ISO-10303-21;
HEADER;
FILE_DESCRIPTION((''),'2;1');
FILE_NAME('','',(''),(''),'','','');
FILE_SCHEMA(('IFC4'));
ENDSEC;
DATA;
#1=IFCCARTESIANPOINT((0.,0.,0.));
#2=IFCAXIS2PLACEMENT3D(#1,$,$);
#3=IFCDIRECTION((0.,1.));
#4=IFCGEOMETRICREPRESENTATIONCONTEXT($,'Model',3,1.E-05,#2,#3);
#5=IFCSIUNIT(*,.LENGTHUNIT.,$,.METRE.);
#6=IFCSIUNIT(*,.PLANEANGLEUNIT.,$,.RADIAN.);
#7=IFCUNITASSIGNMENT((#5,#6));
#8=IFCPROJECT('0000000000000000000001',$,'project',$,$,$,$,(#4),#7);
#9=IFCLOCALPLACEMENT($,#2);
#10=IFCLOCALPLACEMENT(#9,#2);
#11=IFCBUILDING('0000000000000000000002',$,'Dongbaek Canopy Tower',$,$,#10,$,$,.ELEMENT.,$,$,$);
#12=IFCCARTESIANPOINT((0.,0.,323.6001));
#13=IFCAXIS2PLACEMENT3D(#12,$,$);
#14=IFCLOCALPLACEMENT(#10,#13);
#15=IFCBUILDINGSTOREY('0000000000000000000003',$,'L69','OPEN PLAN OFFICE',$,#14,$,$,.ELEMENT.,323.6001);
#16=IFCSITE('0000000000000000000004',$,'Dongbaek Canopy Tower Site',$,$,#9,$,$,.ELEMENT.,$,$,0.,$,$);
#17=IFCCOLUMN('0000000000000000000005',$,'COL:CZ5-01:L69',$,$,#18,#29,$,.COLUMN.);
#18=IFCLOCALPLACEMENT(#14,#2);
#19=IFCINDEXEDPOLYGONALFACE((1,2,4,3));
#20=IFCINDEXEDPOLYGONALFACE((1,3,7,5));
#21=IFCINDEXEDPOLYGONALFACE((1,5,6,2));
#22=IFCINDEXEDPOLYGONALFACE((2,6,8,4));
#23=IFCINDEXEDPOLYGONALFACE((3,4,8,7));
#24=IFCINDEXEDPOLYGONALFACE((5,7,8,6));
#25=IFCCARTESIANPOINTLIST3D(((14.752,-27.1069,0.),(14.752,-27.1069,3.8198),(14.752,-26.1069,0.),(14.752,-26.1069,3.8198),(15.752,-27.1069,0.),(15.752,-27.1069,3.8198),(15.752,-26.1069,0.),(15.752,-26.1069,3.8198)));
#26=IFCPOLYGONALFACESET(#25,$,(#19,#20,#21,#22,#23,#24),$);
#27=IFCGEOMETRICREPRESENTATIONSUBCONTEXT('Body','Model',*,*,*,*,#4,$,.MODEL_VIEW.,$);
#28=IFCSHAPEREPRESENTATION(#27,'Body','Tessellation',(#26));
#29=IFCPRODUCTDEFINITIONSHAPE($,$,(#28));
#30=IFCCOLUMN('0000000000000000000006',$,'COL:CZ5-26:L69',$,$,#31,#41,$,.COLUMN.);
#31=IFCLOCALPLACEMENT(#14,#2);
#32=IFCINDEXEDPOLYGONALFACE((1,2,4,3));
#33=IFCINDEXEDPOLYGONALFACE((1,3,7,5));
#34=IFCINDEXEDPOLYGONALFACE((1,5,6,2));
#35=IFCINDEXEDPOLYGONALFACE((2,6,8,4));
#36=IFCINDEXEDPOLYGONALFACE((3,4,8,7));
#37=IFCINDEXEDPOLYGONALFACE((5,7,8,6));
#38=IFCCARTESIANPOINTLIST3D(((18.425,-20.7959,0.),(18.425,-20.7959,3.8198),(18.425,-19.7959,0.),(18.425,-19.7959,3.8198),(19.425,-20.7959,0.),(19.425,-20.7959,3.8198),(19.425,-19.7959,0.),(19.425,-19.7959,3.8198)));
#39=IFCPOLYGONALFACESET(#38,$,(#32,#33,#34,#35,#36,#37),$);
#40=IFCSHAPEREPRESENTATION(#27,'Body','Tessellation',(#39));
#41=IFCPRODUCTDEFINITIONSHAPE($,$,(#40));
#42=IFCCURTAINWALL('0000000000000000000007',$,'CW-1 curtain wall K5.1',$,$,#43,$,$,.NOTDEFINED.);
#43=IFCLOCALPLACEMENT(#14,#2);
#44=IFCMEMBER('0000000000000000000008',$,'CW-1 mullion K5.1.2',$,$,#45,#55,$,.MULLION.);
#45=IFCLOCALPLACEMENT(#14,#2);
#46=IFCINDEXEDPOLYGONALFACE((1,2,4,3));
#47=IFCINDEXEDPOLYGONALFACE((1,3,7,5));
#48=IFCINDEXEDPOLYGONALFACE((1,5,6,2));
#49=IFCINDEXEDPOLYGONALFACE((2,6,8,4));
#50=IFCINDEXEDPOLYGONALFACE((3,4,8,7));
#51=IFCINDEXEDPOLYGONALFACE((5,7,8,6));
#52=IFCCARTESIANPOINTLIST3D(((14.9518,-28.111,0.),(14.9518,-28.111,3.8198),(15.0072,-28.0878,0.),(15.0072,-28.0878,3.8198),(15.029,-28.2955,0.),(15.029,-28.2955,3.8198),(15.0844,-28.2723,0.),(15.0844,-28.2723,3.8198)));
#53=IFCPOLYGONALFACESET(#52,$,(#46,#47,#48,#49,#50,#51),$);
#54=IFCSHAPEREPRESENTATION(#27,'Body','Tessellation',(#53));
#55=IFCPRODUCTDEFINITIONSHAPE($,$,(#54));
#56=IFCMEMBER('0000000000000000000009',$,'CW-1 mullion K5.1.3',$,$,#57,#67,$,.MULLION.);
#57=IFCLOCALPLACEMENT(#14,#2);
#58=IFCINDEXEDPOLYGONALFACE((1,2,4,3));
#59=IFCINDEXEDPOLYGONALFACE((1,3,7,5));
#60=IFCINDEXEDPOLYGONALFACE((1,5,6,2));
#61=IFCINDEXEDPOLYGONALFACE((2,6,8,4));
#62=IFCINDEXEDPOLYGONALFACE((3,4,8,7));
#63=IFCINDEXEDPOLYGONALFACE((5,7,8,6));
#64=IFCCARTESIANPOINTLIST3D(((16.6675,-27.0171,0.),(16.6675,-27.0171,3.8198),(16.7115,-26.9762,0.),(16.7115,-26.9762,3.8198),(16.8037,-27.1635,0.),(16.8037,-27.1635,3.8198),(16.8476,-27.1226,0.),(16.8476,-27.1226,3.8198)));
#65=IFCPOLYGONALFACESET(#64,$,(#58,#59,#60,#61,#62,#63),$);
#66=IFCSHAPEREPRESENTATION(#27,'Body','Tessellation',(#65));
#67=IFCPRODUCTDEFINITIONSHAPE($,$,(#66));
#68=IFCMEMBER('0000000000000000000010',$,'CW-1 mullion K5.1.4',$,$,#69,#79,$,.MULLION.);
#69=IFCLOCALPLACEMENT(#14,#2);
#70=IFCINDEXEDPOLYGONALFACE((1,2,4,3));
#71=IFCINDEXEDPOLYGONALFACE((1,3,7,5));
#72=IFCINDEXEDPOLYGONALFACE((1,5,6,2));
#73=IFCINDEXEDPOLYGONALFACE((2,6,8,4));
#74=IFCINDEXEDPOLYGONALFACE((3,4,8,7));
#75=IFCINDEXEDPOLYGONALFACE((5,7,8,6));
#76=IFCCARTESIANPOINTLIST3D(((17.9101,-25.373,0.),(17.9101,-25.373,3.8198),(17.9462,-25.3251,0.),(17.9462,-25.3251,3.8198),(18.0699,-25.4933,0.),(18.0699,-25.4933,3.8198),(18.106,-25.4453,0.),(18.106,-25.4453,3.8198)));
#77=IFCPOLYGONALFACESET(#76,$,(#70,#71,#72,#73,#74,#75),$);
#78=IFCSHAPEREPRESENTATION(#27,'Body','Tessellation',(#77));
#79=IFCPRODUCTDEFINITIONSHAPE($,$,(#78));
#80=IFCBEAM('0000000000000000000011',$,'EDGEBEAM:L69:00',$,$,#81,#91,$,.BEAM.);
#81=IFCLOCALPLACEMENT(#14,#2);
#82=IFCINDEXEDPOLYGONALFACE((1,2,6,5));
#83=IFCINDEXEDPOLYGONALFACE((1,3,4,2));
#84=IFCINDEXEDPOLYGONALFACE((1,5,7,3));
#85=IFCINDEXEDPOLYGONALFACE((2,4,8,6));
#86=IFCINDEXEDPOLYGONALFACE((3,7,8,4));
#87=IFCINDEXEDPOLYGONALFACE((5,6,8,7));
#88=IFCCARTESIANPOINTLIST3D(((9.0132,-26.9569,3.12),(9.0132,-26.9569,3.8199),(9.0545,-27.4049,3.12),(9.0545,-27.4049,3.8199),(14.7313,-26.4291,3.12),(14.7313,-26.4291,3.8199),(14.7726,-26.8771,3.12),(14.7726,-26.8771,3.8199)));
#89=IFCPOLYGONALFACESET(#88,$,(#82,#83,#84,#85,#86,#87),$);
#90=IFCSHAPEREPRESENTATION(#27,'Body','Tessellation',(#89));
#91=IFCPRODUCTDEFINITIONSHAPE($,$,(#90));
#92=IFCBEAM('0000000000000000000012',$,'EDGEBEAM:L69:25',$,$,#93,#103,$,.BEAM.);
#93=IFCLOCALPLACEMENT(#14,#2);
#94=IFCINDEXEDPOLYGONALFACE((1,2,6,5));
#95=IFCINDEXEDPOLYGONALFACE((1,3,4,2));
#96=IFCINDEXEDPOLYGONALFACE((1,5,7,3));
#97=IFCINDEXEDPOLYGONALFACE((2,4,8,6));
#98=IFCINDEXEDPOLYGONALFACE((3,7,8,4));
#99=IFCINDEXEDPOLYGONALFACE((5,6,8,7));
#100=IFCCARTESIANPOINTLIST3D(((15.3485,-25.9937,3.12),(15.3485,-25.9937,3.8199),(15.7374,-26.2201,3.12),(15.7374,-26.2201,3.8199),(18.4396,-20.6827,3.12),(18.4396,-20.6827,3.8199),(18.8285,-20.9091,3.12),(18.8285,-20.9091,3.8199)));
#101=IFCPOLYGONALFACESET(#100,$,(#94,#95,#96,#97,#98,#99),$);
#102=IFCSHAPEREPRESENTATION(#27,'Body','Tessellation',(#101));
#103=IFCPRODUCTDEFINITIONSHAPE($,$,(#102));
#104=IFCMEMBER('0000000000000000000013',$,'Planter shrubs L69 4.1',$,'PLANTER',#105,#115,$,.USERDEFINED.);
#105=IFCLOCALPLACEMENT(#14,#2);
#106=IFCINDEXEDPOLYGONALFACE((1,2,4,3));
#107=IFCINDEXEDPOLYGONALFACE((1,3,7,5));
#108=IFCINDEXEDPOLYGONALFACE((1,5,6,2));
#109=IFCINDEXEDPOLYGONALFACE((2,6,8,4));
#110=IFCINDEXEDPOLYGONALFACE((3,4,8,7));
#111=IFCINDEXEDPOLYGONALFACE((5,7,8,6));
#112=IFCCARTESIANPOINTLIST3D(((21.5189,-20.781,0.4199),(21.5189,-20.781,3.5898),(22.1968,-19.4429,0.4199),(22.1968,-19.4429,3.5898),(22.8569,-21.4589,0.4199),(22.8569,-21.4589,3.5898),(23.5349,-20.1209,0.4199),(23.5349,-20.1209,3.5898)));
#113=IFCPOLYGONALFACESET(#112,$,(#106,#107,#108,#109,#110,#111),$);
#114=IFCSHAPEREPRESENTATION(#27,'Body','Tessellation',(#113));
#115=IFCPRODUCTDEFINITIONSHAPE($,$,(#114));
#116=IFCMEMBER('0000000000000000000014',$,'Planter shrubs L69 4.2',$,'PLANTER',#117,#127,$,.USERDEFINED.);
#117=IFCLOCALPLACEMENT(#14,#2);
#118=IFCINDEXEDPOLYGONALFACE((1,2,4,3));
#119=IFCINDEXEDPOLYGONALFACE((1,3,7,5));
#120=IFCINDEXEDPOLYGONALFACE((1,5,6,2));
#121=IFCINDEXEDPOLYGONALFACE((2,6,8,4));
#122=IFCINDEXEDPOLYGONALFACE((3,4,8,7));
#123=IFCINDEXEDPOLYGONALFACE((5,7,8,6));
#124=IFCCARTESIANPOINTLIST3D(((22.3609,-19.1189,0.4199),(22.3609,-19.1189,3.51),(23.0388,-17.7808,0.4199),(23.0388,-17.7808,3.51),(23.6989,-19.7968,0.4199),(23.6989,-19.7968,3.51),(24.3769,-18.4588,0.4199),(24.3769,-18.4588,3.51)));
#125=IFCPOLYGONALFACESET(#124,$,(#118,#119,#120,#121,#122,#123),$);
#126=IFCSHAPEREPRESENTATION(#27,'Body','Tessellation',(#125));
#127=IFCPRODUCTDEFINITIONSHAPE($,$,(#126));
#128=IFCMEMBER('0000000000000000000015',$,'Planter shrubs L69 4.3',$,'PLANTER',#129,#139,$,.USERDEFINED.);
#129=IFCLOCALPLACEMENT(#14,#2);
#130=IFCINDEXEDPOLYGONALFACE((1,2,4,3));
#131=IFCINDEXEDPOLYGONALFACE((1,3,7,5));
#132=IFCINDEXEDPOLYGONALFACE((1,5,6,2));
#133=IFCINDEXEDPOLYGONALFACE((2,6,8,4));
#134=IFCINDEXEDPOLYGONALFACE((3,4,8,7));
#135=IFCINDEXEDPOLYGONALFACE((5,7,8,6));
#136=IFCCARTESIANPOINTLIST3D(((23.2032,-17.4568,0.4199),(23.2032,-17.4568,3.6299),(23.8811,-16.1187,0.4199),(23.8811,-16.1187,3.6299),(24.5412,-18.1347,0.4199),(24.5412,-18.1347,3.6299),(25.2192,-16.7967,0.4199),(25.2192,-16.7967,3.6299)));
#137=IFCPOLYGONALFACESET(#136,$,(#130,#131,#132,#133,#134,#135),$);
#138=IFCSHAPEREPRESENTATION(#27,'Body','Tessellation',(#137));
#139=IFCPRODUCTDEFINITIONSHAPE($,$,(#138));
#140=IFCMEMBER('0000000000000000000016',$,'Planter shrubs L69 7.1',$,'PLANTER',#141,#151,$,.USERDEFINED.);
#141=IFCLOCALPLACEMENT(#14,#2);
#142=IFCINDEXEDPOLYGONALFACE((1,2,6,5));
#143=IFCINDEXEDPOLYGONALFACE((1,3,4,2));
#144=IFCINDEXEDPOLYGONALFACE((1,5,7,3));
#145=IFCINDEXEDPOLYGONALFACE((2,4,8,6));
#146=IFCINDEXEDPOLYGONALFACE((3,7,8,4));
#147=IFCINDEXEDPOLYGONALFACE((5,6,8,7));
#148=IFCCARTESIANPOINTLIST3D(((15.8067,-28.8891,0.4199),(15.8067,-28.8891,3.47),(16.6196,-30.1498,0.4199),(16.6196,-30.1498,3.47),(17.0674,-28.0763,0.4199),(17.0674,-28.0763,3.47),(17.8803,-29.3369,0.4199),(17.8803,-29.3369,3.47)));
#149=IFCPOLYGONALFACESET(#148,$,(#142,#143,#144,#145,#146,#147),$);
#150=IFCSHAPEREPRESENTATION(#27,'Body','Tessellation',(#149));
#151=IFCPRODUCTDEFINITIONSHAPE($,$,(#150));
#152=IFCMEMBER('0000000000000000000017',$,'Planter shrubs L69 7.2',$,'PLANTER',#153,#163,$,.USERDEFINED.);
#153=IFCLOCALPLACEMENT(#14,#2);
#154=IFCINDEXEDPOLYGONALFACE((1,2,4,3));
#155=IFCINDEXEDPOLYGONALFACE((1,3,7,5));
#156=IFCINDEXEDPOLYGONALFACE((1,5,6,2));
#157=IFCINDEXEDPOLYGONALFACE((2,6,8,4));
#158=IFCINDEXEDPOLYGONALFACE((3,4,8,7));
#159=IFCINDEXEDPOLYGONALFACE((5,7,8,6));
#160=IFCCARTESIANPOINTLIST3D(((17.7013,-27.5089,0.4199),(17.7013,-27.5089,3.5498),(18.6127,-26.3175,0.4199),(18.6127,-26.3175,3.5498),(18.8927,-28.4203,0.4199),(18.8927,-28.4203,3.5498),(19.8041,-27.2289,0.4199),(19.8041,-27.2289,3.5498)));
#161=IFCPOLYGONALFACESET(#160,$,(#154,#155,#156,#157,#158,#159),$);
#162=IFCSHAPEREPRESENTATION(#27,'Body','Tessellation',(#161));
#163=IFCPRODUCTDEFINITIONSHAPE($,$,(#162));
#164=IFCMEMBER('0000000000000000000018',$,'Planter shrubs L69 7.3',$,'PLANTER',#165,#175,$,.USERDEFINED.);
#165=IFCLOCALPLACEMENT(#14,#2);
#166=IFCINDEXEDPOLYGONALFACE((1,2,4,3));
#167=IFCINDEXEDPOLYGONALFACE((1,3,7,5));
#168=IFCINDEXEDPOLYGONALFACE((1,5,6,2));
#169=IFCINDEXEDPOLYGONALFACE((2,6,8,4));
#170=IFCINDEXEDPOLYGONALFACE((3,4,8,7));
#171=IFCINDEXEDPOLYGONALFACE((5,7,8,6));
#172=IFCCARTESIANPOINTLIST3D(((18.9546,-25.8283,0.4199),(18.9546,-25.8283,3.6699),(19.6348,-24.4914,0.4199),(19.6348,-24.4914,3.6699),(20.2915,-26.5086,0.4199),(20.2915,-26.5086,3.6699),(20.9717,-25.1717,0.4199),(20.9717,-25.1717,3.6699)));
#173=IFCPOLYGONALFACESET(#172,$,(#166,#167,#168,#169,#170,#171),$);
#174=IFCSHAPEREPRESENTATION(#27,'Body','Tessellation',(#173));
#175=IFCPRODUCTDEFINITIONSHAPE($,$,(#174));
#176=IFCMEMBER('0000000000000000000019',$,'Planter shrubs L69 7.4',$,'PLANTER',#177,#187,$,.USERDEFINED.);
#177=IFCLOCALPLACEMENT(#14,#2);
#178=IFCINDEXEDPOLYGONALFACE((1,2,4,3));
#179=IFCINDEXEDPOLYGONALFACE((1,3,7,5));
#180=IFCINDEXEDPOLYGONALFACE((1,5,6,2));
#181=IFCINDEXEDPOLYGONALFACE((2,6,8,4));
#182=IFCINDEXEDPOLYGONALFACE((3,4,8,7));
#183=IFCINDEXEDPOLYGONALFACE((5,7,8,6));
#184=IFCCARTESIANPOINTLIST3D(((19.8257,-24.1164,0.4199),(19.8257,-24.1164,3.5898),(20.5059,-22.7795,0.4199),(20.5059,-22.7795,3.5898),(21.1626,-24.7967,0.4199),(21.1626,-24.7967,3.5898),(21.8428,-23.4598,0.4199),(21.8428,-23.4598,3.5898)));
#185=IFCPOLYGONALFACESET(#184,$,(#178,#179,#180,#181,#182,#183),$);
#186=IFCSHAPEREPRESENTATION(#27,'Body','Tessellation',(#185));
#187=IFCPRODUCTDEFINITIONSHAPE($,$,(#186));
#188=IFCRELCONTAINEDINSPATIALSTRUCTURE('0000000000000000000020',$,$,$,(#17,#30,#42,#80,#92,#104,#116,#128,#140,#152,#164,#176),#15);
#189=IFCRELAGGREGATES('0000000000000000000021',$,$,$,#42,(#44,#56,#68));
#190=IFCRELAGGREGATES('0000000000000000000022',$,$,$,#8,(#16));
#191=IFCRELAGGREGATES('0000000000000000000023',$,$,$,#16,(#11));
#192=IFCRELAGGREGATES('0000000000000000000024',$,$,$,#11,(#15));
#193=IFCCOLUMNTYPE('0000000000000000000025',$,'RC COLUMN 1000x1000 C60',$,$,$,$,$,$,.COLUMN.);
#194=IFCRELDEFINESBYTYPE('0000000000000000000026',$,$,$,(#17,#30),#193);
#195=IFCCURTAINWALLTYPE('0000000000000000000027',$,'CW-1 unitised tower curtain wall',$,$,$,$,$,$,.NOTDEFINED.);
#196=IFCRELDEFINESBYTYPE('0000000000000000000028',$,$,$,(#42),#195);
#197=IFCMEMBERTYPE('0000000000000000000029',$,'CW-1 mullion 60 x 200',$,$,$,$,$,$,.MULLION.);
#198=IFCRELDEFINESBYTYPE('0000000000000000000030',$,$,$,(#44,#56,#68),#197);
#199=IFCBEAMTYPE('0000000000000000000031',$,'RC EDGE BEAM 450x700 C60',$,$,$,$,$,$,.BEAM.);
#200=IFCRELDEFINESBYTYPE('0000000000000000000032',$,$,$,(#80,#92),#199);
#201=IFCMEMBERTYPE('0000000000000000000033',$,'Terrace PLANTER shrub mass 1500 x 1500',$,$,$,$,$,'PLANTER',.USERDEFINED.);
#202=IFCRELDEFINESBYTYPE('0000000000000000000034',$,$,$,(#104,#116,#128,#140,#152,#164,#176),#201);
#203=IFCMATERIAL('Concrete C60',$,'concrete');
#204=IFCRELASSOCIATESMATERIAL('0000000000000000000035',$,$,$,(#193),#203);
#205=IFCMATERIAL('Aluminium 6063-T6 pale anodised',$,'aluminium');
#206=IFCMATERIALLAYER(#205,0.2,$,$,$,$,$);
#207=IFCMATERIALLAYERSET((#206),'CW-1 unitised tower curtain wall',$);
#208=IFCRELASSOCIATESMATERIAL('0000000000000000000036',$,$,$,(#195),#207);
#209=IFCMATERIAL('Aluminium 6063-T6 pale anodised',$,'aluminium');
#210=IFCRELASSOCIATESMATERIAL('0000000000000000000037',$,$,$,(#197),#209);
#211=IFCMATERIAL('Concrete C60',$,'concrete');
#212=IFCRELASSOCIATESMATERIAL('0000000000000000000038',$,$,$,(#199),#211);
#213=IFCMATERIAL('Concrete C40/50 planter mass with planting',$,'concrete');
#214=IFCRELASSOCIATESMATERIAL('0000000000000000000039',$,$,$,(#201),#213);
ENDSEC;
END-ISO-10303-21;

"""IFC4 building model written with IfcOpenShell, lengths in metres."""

from ifc_helpers import new_model, si_unit, direction, frame, origin, origin_2d, place, context, subcontext, project, spatial, rectangle, extrude, material, layer, layer_set, material_profile, profile_set, type_object, element, aggregate, save


model = new_model("IFC4")

# Units and contexts
model_context = context("Model", 3, precision=1e-05, world=origin(), true_north=direction((0.0, 1.0)))
body_context = subcontext(model_context, "Body", "Model", "MODEL_VIEW")
ifc_project = project(units=[si_unit("LENGTHUNIT", "METRE"), si_unit("PLANEANGLEUNIT", "RADIAN")], contexts=[model_context])

# Site, building, storey
site_placement = place(None, origin())
site = spatial("IfcSite", under=ifc_project, at=site_placement, Name="Dongbaek Canopy Tower Site", CompositionType="ELEMENT", RefElevation=0.0)
building_placement = place(site_placement, origin())
building = spatial("IfcBuilding", under=site, at=building_placement, Name="Dongbaek Canopy Tower", CompositionType="ELEMENT")
storey_placement = place(building_placement, frame((0.0, 0.0, 323.6001)))
storey = spatial("IfcBuildingStorey", under=building, at=storey_placement, Name="L69", Description="OPEN PLAN OFFICE", CompositionType="ELEMENT", Elevation=323.6001)

# Columns
ifc_material_1 = material(Name="Concrete C60", Category="concrete")
ifc_material_profile_1 = material_profile(ifc_material_1, rectangle(XDim=1.0, YDim=1.0, at=origin_2d()), Name="RC COLUMN 1000x1000 C60")
ifc_profile_set_1 = profile_set([ifc_material_profile_1], Name="Concrete C60")
column_type = type_object("IfcColumnType", Name="RC COLUMN 1000x1000 C60", PredefinedType="COLUMN", material=ifc_profile_set_1)
for number, where, z_axis, x_axis, name in (
    (1, (15.252, -26.6069, 0.0), (0.0, 0.0, 1.0), (1.0, 0.0, 0.0), "COL:CZ5-01:L69"),
    (2, (18.925, -20.2959, 0.0), (0.0, 0.0, 1.0), (1.0, 0.0, 0.0), "COL:CZ5-26:L69"),
):
    element("IfcColumn", number, at=place(storey_placement, frame(where, z_axis=z_axis, x_axis=x_axis)), inside=storey, type_object=column_type, Name=name, PredefinedType="COLUMN", context=body_context, shape_type="SweptSolid", body=[
        extrude(rectangle(XDim=1.0, YDim=1.0, at=origin_2d()), origin(), (0.0, 0.0, 1.0), 3.8198),
    ])

# Curtain wall, members
ifc_material_2 = material(Name="Aluminium 6063-T6 pale anodised", Category="aluminium")
ifc_layer_1 = layer(ifc_material_2, 0.2)
ifc_layer_set_1 = layer_set([ifc_layer_1], Name="CW-1 unitised tower curtain wall")
curtain_wall_type = type_object("IfcCurtainWallType", Name="CW-1 unitised tower curtain wall", PredefinedType="NOTDEFINED", material=ifc_layer_set_1)
curtain_wall_placement = place(storey_placement, origin())
curtain_wall = element("IfcCurtainWall", 3, at=curtain_wall_placement, inside=storey, type_object=curtain_wall_type, Name="CW-1 curtain wall K5.1", PredefinedType="NOTDEFINED")
ifc_material_3 = material(Name="Aluminium 6063-T6 pale anodised", Category="aluminium")
ifc_material_profile_2 = material_profile(ifc_material_3, rectangle(XDim=0.2, YDim=0.0601, at=origin_2d()), Name="CW-1 mullion 60 x 200")
ifc_profile_set_2 = profile_set([ifc_material_profile_2], Name="Aluminium 6063-T6 pale anodised")
member_type_1 = type_object("IfcMemberType", Name="CW-1 mullion 60 x 200", PredefinedType="MULLION", material=ifc_profile_set_2)
member_1_placement = place(storey_placement, frame((15.0181, -28.1917, 0.0), z_axis=(0.0, 0.0, 1.0), x_axis=(0.386037, -0.922483, 0.0)))
member_1 = element("IfcMember", 4, at=member_1_placement, type_object=member_type_1, Name="CW-1 mullion K5.1.2", PredefinedType="MULLION", context=body_context, shape_type="SweptSolid", body=[
    extrude(rectangle(XDim=0.2, YDim=0.0601, at=origin_2d()), origin(), (0.0, 0.0, 1.0), 3.8198),
])
member_2_placement = place(storey_placement, frame((16.7576, -27.0698, 0.0), z_axis=(0.0, 0.0, 1.0), x_axis=(0.680964, -0.732317, 0.0)))
member_2 = element("IfcMember", 5, at=member_2_placement, type_object=member_type_1, Name="CW-1 mullion K5.1.3", PredefinedType="MULLION", context=body_context, shape_type="SweptSolid", body=[
    extrude(rectangle(XDim=0.2, YDim=0.0601, at=origin_2d()), origin(), (0.0, 0.0, 1.0), 3.8198),
])
member_3_placement = place(storey_placement, frame((18.0081, -25.4092, 0.0), z_axis=(0.0, 0.0, 1.0), x_axis=(0.798892, -0.601475, 0.0)))
member_3 = element("IfcMember", 6, at=member_3_placement, type_object=member_type_1, Name="CW-1 mullion K5.1.4", PredefinedType="MULLION", context=body_context, shape_type="SweptSolid", body=[
    extrude(rectangle(XDim=0.2, YDim=0.0601, at=origin_2d()), origin(), (0.0, 0.0, 1.0), 3.8198),
])

# Beams
ifc_material_4 = material(Name="Concrete C60", Category="concrete")
ifc_material_profile_3 = material_profile(ifc_material_4, rectangle(XDim=0.45, YDim=0.7, at=origin_2d()), Name="RC EDGE BEAM 450x700 C60")
ifc_profile_set_3 = profile_set([ifc_material_profile_3], Name="Concrete C60")
beam_type = type_object("IfcBeamType", Name="RC EDGE BEAM 450x700 C60", PredefinedType="BEAM", material=ifc_profile_set_3)
beam_1_placement = place(storey_placement, frame((14.752, -26.6531, 3.47), z_axis=(-0.995766, -0.09192, 0.0), x_axis=(0.09192, -0.995766, 0.0)))
element("IfcBeam", 7, at=beam_1_placement, inside=storey, type_object=beam_type, Name="EDGEBEAM:L69:00", PredefinedType="BEAM", context=body_context, shape_type="SweptSolid", body=[
    extrude(rectangle(XDim=0.45, YDim=0.7, at=origin_2d()), origin(), (0.0, 0.0, 1.0), 5.7424),
])
beam_2_placement = place(storey_placement, frame((18.634, -20.7959, 3.47), z_axis=(-0.503016, -0.864277, 0.0), x_axis=(0.864277, -0.503016, 0.0)))
element("IfcBeam", 8, at=beam_2_placement, inside=storey, type_object=beam_type, Name="EDGEBEAM:L69:25", PredefinedType="BEAM", context=body_context, shape_type="SweptSolid", body=[
    extrude(rectangle(XDim=0.45, YDim=0.7, at=origin_2d()), origin(), (0.0, 0.0, 1.0), 6.145),
])

# Members
ifc_material_5 = material(Name="Concrete C40/50 planter mass with planting", Category="concrete")
ifc_material_profile_4 = material_profile(ifc_material_5, rectangle(XDim=1.5, YDim=1.5, at=origin_2d()), Name="Terrace PLANTER shrub mass 1500 x 1500")
ifc_profile_set_4 = profile_set([ifc_material_profile_4], Name="Concrete C40/50 planter mass with planting")
member_type_2 = type_object("IfcMemberType", Name="Terrace PLANTER shrub mass 1500 x 1500", ElementType="PLANTER", PredefinedType="USERDEFINED", material=ifc_profile_set_4)
member_4_placement = place(storey_placement, frame((22.5269, -20.4509, 0.4199), z_axis=(0.0, 0.0, 1.0), x_axis=(0.892033, -0.45197, 0.0)))
element("IfcMember", 9, at=member_4_placement, inside=storey, type_object=member_type_2, Name="Planter shrubs L69 4.1", ObjectType="PLANTER", PredefinedType="USERDEFINED", context=body_context, shape_type="SweptSolid", body=[
    extrude(rectangle(XDim=1.5, YDim=1.5, at=origin_2d()), origin(), (0.0, 0.0, 1.0), 3.1699),
])
member_5_placement = place(storey_placement, frame((23.3689, -18.7888, 0.4199), z_axis=(0.0, 0.0, 1.0), x_axis=(0.892033, -0.45197, 0.0)))
element("IfcMember", 10, at=member_5_placement, inside=storey, type_object=member_type_2, Name="Planter shrubs L69 4.2", ObjectType="PLANTER", PredefinedType="USERDEFINED", context=body_context, shape_type="SweptSolid", body=[
    extrude(rectangle(XDim=1.5, YDim=1.5, at=origin_2d()), origin(), (0.0, 0.0, 1.0), 3.0901),
])
member_6_placement = place(storey_placement, frame((24.2112, -17.1267, 0.4199), z_axis=(0.0, 0.0, 1.0), x_axis=(0.892033, -0.45197, 0.0)))
element("IfcMember", 11, at=member_6_placement, inside=storey, type_object=member_type_2, Name="Planter shrubs L69 4.3", ObjectType="PLANTER", PredefinedType="USERDEFINED", context=body_context, shape_type="SweptSolid", body=[
    extrude(rectangle(XDim=1.5, YDim=1.5, at=origin_2d()), origin(), (0.0, 0.0, 1.0), 3.21),
])
member_7_placement = place(storey_placement, frame((16.8435, -29.113, 0.4199), z_axis=(0.0, 0.0, 1.0), x_axis=(0.541907, -0.840438, 0.0)))
element("IfcMember", 12, at=member_7_placement, inside=storey, type_object=member_type_2, Name="Planter shrubs L69 7.1", ObjectType="PLANTER", PredefinedType="USERDEFINED", context=body_context, shape_type="SweptSolid", body=[
    extrude(rectangle(XDim=1.5, YDim=1.5, at=origin_2d()), origin(), (0.0, 0.0, 1.0), 3.05),
])
member_8_placement = place(storey_placement, frame((18.7527, -27.3689, 0.4199), z_axis=(0.0, 0.0, 1.0), x_axis=(0.794235, -0.607611, 0.0)))
element("IfcMember", 13, at=member_8_placement, inside=storey, type_object=member_type_2, Name="Planter shrubs L69 7.2", ObjectType="PLANTER", PredefinedType="USERDEFINED", context=body_context, shape_type="SweptSolid", body=[
    extrude(rectangle(XDim=1.5, YDim=1.5, at=origin_2d()), origin(), (0.0, 0.0, 1.0), 3.1299),
])
member_9_placement = place(storey_placement, frame((19.9631, -25.5, 0.4199), z_axis=(0.0, 0.0, 1.0), x_axis=(0.891259, -0.453494, 0.0)))
element("IfcMember", 14, at=member_9_placement, inside=storey, type_object=member_type_2, Name="Planter shrubs L69 7.3", ObjectType="PLANTER", PredefinedType="USERDEFINED", context=body_context, shape_type="SweptSolid", body=[
    extrude(rectangle(XDim=1.5, YDim=1.5, at=origin_2d()), origin(), (0.0, 0.0, 1.0), 3.25),
])
member_10_placement = place(storey_placement, frame((20.8342, -23.7881, 0.4199), z_axis=(0.0, 0.0, 1.0), x_axis=(0.891259, -0.453494, 0.0)))
element("IfcMember", 15, at=member_10_placement, inside=storey, type_object=member_type_2, Name="Planter shrubs L69 7.4", ObjectType="PLANTER", PredefinedType="USERDEFINED", context=body_context, shape_type="SweptSolid", body=[
    extrude(rectangle(XDim=1.5, YDim=1.5, at=origin_2d()), origin(), (0.0, 0.0, 1.0), 3.1699),
])

aggregate(curtain_wall, [member_1, member_2, member_3])

save(model, "model.ifc")
